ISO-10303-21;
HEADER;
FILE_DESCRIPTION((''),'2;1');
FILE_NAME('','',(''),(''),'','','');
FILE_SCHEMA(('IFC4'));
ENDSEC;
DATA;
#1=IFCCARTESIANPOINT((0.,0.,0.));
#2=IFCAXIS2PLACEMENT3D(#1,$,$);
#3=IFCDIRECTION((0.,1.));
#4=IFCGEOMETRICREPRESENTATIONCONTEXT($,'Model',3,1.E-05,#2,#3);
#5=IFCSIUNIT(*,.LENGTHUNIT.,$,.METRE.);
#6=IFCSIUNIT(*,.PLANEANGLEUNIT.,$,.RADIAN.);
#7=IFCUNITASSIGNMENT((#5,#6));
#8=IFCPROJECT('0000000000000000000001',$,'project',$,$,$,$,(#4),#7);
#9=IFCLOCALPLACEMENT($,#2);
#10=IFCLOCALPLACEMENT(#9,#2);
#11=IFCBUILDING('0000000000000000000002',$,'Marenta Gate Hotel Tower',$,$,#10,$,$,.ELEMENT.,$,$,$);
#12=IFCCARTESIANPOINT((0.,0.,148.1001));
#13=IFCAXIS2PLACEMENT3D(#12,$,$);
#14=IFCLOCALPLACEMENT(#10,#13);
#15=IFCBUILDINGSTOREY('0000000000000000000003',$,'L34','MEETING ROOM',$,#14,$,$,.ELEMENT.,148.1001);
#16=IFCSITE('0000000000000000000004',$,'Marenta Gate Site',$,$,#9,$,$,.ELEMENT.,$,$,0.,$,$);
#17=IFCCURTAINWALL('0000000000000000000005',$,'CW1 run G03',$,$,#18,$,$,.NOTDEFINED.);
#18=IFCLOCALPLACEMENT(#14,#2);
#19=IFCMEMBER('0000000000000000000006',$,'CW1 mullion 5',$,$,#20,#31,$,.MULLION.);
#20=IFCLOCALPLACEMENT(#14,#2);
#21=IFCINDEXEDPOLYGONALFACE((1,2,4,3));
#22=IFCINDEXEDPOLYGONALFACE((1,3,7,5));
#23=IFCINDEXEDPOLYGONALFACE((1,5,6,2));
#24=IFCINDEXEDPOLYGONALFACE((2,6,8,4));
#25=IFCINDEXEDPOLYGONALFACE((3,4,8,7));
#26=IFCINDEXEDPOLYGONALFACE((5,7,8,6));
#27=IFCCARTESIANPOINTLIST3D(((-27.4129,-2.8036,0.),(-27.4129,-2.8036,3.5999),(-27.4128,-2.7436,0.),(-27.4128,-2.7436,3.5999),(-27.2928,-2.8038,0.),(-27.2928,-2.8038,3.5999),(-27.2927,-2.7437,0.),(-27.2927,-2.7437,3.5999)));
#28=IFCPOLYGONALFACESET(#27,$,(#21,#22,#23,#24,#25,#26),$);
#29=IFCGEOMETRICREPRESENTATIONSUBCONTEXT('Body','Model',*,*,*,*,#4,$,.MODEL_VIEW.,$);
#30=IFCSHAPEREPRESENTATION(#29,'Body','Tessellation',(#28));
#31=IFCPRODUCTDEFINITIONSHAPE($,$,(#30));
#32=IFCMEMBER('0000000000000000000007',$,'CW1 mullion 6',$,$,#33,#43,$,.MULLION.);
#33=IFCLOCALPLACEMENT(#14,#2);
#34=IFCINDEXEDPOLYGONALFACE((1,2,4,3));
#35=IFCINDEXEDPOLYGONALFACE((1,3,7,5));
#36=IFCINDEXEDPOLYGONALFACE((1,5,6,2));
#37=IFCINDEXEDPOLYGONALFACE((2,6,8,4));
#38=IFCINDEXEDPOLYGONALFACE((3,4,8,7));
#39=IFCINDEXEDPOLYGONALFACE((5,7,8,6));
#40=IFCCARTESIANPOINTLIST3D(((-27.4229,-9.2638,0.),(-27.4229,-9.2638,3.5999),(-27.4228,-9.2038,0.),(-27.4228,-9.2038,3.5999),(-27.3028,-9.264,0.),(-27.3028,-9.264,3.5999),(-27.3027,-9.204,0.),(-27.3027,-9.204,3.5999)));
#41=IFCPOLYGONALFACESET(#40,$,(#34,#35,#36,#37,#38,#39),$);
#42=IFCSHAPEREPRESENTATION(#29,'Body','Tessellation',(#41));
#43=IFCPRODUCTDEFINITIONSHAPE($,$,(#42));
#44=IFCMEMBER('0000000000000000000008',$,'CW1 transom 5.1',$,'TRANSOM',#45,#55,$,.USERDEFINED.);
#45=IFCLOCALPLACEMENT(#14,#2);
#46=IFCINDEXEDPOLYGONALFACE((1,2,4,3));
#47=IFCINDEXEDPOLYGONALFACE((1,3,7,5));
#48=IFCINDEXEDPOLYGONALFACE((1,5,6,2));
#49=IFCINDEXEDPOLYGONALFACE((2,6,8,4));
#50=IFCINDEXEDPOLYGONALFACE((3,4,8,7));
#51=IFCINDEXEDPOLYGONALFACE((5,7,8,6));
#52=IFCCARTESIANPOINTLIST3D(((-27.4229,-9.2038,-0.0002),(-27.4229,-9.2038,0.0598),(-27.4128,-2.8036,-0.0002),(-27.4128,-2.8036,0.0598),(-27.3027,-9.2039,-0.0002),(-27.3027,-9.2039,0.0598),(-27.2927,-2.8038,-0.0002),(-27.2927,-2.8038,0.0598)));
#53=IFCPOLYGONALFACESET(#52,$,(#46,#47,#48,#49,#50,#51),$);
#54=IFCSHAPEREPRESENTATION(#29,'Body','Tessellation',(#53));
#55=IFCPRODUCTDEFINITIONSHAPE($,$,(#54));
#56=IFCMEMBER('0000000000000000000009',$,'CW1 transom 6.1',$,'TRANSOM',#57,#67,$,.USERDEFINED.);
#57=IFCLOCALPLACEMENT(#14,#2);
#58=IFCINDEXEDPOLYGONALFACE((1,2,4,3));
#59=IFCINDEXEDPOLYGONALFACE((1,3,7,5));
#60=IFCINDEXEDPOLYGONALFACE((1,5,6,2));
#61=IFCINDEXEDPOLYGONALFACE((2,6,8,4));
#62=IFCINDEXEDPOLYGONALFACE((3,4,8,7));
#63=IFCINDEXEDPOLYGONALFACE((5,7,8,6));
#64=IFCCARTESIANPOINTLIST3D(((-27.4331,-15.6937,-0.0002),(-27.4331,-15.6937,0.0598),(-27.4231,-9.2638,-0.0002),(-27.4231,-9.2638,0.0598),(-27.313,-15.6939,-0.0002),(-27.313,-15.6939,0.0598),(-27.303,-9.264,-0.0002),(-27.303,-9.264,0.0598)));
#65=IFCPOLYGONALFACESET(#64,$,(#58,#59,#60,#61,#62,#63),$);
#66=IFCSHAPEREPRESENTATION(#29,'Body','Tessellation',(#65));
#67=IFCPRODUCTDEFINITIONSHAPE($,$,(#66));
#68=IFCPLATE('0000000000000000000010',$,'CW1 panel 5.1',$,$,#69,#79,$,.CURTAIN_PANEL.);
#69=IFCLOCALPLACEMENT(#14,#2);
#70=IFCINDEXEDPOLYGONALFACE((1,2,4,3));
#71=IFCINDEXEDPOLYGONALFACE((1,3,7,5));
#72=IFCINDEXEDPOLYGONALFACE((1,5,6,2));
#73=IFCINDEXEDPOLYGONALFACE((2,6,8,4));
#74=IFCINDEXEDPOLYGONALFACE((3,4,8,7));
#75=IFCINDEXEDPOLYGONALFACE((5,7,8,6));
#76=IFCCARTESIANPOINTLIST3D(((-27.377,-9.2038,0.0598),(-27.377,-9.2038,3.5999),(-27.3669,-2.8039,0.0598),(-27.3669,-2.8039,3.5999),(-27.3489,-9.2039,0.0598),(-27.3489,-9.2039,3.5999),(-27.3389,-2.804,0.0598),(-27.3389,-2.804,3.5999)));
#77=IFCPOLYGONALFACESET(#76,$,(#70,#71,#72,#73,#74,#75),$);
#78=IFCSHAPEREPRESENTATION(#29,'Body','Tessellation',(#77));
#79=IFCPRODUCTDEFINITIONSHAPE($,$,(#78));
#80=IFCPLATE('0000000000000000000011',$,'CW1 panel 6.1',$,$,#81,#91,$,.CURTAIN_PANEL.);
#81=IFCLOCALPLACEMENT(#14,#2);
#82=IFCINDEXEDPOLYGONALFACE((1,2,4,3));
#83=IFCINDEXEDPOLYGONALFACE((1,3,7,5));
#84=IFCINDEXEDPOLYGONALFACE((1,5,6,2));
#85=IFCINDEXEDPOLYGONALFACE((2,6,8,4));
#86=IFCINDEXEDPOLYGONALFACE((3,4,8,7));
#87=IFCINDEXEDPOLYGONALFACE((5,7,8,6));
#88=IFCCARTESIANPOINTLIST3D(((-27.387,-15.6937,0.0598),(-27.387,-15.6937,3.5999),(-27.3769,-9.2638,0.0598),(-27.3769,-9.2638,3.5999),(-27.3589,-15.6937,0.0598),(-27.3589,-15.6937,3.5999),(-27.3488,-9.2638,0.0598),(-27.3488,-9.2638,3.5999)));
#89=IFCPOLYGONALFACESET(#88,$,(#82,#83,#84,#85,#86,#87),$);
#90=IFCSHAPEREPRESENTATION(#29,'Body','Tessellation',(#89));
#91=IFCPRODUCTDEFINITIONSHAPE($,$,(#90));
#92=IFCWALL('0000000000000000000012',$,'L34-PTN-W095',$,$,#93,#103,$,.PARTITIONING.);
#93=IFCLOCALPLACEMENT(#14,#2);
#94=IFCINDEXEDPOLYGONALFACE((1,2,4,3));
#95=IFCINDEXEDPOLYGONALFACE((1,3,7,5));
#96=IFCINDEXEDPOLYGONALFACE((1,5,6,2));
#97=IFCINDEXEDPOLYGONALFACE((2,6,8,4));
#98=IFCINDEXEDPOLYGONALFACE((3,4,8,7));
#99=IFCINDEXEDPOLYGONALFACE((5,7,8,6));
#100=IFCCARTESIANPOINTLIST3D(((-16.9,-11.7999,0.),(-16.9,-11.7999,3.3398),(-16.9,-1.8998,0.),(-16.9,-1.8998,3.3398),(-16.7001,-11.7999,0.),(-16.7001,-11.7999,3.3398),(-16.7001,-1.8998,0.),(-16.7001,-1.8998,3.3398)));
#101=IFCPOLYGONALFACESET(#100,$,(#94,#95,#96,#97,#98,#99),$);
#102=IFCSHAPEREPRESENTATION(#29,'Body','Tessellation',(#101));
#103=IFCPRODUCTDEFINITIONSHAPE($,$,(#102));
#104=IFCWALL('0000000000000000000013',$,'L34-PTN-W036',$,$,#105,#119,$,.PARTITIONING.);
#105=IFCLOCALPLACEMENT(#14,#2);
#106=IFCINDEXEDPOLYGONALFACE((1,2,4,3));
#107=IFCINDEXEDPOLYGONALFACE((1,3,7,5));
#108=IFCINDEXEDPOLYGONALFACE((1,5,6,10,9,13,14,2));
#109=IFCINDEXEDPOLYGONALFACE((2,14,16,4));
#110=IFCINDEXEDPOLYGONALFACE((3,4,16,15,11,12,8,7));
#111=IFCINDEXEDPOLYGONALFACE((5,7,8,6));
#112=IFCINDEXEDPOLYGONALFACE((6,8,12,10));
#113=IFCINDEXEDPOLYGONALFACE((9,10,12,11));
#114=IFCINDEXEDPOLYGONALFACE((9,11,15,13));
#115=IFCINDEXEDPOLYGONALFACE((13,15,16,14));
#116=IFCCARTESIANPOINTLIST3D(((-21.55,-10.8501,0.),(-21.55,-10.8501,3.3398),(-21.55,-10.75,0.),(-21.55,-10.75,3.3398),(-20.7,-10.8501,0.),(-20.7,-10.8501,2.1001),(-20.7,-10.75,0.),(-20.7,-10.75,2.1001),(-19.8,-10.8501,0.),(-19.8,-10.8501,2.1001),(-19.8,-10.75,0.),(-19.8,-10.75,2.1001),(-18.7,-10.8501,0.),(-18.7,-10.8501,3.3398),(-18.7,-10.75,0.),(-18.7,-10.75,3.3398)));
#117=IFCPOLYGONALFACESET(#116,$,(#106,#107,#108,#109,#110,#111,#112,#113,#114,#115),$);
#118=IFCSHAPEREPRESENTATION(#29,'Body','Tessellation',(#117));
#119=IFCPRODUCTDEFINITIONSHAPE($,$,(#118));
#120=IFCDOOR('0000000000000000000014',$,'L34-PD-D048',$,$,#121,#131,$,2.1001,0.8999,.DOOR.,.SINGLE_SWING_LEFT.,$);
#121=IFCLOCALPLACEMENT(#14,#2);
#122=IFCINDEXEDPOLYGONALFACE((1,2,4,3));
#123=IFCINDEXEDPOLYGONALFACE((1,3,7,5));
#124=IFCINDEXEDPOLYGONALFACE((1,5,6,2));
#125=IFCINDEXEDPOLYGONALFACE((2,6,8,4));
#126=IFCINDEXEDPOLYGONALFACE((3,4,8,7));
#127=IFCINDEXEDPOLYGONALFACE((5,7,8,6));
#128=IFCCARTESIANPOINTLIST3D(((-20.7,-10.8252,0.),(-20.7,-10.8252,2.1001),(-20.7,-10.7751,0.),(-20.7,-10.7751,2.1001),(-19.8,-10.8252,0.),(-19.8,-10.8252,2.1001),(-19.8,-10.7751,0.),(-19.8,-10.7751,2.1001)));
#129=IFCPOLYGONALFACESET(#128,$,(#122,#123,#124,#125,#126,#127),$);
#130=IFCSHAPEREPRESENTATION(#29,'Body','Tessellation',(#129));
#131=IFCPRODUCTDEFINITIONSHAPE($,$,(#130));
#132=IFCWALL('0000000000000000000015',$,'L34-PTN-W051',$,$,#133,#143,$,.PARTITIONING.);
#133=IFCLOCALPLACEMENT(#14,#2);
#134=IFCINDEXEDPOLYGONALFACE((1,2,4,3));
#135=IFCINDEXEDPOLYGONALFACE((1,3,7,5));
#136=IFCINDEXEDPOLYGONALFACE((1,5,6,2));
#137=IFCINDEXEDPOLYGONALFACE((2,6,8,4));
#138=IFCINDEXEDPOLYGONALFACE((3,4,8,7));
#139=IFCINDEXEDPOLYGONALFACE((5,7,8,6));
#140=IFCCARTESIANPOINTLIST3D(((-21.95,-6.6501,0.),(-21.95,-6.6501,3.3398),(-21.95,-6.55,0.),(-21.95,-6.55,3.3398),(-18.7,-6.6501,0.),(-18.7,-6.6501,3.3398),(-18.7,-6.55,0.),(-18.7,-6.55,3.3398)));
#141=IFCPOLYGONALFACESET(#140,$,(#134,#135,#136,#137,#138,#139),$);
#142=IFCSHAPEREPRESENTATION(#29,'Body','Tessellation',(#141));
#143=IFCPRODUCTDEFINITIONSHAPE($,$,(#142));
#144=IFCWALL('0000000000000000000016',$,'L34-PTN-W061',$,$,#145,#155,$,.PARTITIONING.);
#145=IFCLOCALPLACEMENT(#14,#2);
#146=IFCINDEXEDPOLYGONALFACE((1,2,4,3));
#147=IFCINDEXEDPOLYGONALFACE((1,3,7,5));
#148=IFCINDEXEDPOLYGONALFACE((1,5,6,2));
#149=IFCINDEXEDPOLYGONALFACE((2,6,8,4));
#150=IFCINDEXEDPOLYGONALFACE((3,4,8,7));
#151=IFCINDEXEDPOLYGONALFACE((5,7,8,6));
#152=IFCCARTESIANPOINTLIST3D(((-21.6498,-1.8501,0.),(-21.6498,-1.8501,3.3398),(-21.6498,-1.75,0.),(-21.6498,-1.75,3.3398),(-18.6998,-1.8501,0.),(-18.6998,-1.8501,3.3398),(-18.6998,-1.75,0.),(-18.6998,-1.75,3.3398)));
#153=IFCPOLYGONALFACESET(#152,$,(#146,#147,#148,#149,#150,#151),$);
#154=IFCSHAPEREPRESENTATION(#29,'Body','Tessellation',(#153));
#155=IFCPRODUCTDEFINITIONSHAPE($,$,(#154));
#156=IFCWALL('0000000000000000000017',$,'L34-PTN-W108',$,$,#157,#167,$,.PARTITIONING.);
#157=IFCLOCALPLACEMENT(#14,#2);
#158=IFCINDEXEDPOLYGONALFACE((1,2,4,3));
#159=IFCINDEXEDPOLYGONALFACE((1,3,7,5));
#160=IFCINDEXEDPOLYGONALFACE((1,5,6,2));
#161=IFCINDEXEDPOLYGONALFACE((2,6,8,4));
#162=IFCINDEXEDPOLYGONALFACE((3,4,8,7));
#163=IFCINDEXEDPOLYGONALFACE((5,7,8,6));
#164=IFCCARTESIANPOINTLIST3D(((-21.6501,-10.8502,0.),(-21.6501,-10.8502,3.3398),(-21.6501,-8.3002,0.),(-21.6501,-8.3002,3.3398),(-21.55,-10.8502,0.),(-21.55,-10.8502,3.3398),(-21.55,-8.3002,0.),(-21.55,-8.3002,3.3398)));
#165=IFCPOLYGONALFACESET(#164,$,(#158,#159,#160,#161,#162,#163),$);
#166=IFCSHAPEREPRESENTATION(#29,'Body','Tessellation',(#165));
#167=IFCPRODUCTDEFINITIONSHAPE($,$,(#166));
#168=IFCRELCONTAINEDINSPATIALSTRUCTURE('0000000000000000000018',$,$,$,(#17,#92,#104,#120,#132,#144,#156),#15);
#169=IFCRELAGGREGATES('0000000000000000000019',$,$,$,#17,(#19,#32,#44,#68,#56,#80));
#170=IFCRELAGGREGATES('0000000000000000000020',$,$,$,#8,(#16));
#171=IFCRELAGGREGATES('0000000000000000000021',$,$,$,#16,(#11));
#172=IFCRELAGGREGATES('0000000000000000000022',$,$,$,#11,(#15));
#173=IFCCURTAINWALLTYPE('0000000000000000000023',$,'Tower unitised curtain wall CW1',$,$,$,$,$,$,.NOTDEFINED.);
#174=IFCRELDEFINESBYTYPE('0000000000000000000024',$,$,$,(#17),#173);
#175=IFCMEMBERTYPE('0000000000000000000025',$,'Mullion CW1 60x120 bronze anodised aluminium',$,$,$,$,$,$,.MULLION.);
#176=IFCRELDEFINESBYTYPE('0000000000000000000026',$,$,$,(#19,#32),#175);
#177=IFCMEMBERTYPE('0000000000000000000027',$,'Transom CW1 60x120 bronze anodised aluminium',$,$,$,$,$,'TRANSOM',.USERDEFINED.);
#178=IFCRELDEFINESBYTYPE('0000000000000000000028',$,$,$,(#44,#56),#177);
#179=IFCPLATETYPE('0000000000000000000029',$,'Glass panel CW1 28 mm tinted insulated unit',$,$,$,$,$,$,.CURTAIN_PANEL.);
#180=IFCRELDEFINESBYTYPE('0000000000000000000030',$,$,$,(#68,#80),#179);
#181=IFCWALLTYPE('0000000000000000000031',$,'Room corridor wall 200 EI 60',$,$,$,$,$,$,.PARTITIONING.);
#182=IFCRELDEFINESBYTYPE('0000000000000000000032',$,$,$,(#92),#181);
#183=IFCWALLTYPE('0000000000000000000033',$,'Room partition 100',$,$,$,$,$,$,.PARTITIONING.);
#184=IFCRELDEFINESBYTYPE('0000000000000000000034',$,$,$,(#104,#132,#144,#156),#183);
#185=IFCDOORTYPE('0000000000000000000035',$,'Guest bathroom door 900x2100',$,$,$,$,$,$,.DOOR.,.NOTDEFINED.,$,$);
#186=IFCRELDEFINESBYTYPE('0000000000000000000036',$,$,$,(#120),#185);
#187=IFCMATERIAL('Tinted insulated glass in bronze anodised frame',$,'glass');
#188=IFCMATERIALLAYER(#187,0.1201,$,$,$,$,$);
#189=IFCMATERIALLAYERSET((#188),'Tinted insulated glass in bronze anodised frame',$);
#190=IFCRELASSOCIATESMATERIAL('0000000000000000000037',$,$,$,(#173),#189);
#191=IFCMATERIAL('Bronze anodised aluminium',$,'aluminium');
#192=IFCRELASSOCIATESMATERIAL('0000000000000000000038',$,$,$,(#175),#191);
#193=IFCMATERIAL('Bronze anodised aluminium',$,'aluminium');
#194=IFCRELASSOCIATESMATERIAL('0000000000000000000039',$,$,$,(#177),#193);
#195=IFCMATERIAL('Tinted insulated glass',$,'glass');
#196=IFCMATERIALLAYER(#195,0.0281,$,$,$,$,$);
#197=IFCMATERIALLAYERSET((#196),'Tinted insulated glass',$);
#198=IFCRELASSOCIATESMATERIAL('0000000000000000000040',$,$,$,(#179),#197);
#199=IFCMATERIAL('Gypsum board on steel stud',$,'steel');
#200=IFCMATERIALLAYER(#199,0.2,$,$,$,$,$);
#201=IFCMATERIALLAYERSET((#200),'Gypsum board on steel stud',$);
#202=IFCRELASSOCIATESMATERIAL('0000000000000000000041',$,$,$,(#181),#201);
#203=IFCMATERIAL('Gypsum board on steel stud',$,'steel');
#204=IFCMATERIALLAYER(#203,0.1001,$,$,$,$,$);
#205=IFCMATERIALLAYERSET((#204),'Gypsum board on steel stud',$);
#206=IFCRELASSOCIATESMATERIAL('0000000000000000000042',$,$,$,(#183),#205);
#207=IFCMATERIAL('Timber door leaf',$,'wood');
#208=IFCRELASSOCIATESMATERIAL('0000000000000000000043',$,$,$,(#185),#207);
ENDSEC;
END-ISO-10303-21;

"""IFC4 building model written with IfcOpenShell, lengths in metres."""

from ifc_helpers import new_model, si_unit, direction, frame, frame_2d, origin, origin_2d, place, context, subcontext, project, spatial, rectangle, extrude, material, layer, layer_set, material_profile, profile_set, type_object, element, fill, aggregate, save


model = new_model("IFC4")

# Units and contexts
model_context = context("Model", 3, precision=1e-05, world=origin(), true_north=direction((0.0, 1.0)))
body_context = subcontext(model_context, "Body", "Model", "MODEL_VIEW")
ifc_project = project(units=[si_unit("LENGTHUNIT", "METRE"), si_unit("PLANEANGLEUNIT", "RADIAN")], contexts=[model_context])

# Site, building, storey
site_placement = place(None, origin())
site = spatial("IfcSite", under=ifc_project, at=site_placement, Name="Marenta Gate Site", CompositionType="ELEMENT", RefElevation=0.0)
building_placement = place(site_placement, origin())
building = spatial("IfcBuilding", under=site, at=building_placement, Name="Marenta Gate Hotel Tower", CompositionType="ELEMENT")
storey_placement = place(building_placement, frame((0.0, 0.0, 148.1001)))
storey = spatial("IfcBuildingStorey", under=building, at=storey_placement, Name="L34", Description="MEETING ROOM", CompositionType="ELEMENT", Elevation=148.1001)

# Curtain wall, members, plates
ifc_material_1 = material(Name="Tinted insulated glass in bronze anodised frame", Category="glass")
ifc_layer_1 = layer(ifc_material_1, 0.1201)
ifc_layer_set_1 = layer_set([ifc_layer_1], Name="Tinted insulated glass in bronze anodised frame")
curtain_wall_type = type_object("IfcCurtainWallType", Name="Tower unitised curtain wall CW1", PredefinedType="NOTDEFINED", material=ifc_layer_set_1)
curtain_wall_placement = place(storey_placement, origin())
curtain_wall = element("IfcCurtainWall", 1, at=curtain_wall_placement, inside=storey, type_object=curtain_wall_type, Name="CW1 run G03", PredefinedType="NOTDEFINED")
ifc_material_2 = material(Name="Bronze anodised aluminium", Category="aluminium")
ifc_material_profile_1 = material_profile(ifc_material_2, rectangle(XDim=0.1201, YDim=0.0601, at=origin_2d()), Name="Mullion CW1 60x120 bronze anodised aluminium")
ifc_profile_set_1 = profile_set([ifc_material_profile_1], Name="Bronze anodised aluminium")
member_type_1 = type_object("IfcMemberType", Name="Mullion CW1 60x120 bronze anodised aluminium", PredefinedType="MULLION", material=ifc_profile_set_1)
member_1_placement = place(storey_placement, frame((-27.3528, -2.7737, 0.0), z_axis=(0.0, 0.0, 1.0), x_axis=(0.999999, -0.001566, 0.0)))
member_1 = element("IfcMember", 2, at=member_1_placement, type_object=member_type_1, Name="CW1 mullion 5", PredefinedType="MULLION", context=body_context, shape_type="SweptSolid", body=[
    extrude(rectangle(XDim=0.1201, YDim=0.0601, at=origin_2d()), origin(), (0.0, 0.0, 1.0), 3.5999),
])
member_2_placement = place(storey_placement, frame((-27.3628, -9.2339, 0.0), z_axis=(0.0, 0.0, 1.0), x_axis=(0.999999, -0.001566, 0.0)))
member_2 = element("IfcMember", 3, at=member_2_placement, type_object=member_type_1, Name="CW1 mullion 6", PredefinedType="MULLION", context=body_context, shape_type="SweptSolid", body=[
    extrude(rectangle(XDim=0.1201, YDim=0.0601, at=origin_2d()), origin(), (0.0, 0.0, 1.0), 3.5999),
])
ifc_material_3 = material(Name="Bronze anodised aluminium", Category="aluminium")
ifc_material_profile_2 = material_profile(ifc_material_3, rectangle(XDim=0.1201, YDim=0.0601, at=origin_2d()), Name="Transom CW1 60x120 bronze anodised aluminium")
ifc_profile_set_2 = profile_set([ifc_material_profile_2], Name="Bronze anodised aluminium")
member_type_2 = type_object("IfcMemberType", Name="Transom CW1 60x120 bronze anodised aluminium", ElementType="TRANSOM", PredefinedType="USERDEFINED", material=ifc_profile_set_2)
member_3_placement = place(storey_placement, frame((-27.3528, -2.8037, 0.0298), z_axis=(-0.001564, -0.999999, 0.0), x_axis=(0.999999, -0.001564, 0.0)))
member_3 = element("IfcMember", 4, at=member_3_placement, type_object=member_type_2, Name="CW1 transom 5.1", ObjectType="TRANSOM", PredefinedType="USERDEFINED", context=body_context, shape_type="SweptSolid", body=[
    extrude(rectangle(XDim=0.1201, YDim=0.0601, at=origin_2d()), origin(), (0.0, 0.0, 1.0), 6.4001),
])
member_4_placement = place(storey_placement, frame((-27.363, -9.2639, 0.0298), z_axis=(-0.001557, -0.999999, 0.0), x_axis=(0.999999, -0.001557, 0.0)))
member_4 = element("IfcMember", 5, at=member_4_placement, type_object=member_type_2, Name="CW1 transom 6.1", ObjectType="TRANSOM", PredefinedType="USERDEFINED", context=body_context, shape_type="SweptSolid", body=[
    extrude(rectangle(XDim=0.1201, YDim=0.0601, at=origin_2d()), origin(), (0.0, 0.0, 1.0), 6.4299),
])
ifc_material_4 = material(Name="Tinted insulated glass", Category="glass")
ifc_layer_2 = layer(ifc_material_4, 0.0281)
ifc_layer_set_2 = layer_set([ifc_layer_2], Name="Tinted insulated glass")
plate_type = type_object("IfcPlateType", Name="Glass panel CW1 28 mm tinted insulated unit", PredefinedType="CURTAIN_PANEL", material=ifc_layer_set_2)
plate_1_placement = place(storey_placement, frame((-27.3579, -6.0039, 0.0598), z_axis=(0.0, 0.0, 1.0), x_axis=(-0.001566, -0.999999, 0.0)))
plate_1 = element("IfcPlate", 6, at=plate_1_placement, type_object=plate_type, Name="CW1 panel 5.1", PredefinedType="CURTAIN_PANEL", context=body_context, shape_type="SweptSolid", body=[
    extrude(rectangle(XDim=6.3999, YDim=0.0281, at=origin_2d()), origin(), (0.0, 0.0, 1.0), 3.54),
])
plate_2_placement = place(storey_placement, frame((-27.3679, -12.4788, 0.0598), z_axis=(0.0, 0.0, 1.0), x_axis=(-0.001566, -0.999999, 0.0)))
plate_2 = element("IfcPlate", 7, at=plate_2_placement, type_object=plate_type, Name="CW1 panel 6.1", PredefinedType="CURTAIN_PANEL", context=body_context, shape_type="SweptSolid", body=[
    extrude(rectangle(XDim=6.4299, YDim=0.0281, at=origin_2d()), origin(), (0.0, 0.0, 1.0), 3.54),
])
aggregate(curtain_wall, [member_1, member_2, member_3, plate_1, member_4, plate_2])

# Shared definitions
ifc_material_5 = material(Name="Gypsum board on steel stud", Category="steel")
ifc_layer_3 = layer(ifc_material_5, 0.2)
ifc_layer_set_3 = layer_set([ifc_layer_3], Name="Gypsum board on steel stud")
wall_type_1 = type_object("IfcWallType", Name="Room corridor wall 200 EI 60", PredefinedType="PARTITIONING", material=ifc_layer_set_3)

# Wall
wall_1_placement = place(storey_placement, frame((-16.8, -11.8, 0.0), z_axis=(0.0, 0.0, 1.0), x_axis=(0.0, 1.0, 0.0)))
element("IfcWall", 8, at=wall_1_placement, inside=storey, type_object=wall_type_1, Name="L34-PTN-W095", PredefinedType="PARTITIONING", context=body_context, shape_type="SweptSolid", body=[
    extrude(rectangle(XDim=9.9001, YDim=0.2, at=frame_2d((4.9502, 0.0))), origin(), (0.0, 0.0, 1.0), 3.3398),
])

# Wall, opening, door
ifc_material_6 = material(Name="Gypsum board on steel stud", Category="steel")
ifc_layer_4 = layer(ifc_material_6, 0.1001)
ifc_layer_set_4 = layer_set([ifc_layer_4], Name="Gypsum board on steel stud")
wall_type_2 = type_object("IfcWallType", Name="Room partition 100", PredefinedType="PARTITIONING", material=ifc_layer_set_4)
wall_2_placement = place(storey_placement, frame((-21.55, -10.8, 0.0), z_axis=(0.0, 0.0, 1.0), x_axis=(1.0, 0.0, 0.0)))
wall_2 = element("IfcWall", 9, at=wall_2_placement, inside=storey, type_object=wall_type_2, Name="L34-PTN-W036", PredefinedType="PARTITIONING", context=body_context, shape_type="SweptSolid", body=[
    extrude(rectangle(XDim=2.8501, YDim=0.1001, at=frame_2d((1.425, 0.0))), origin(), (0.0, 0.0, 1.0), 3.3398),
])
opening_1_placement = place(wall_2_placement, frame((0.8501, 0.0, 0.0)))
opening_1 = element("IfcOpeningElement", 10, at=opening_1_placement, cuts=wall_2, PredefinedType="OPENING", context=body_context, shape_type="SweptSolid", body=[
    extrude(rectangle(XDim=0.8999, YDim=2.1001, at=frame_2d((0.45, 1.05))), frame((0.0, 0.05, 0.0), z_axis=(0.0, -1.0, 0.0), x_axis=(1.0, 0.0, 0.0)), (0.0, 0.0, 1.0), 0.1001),
])
ifc_material_7 = material(Name="Timber door leaf", Category="wood")
door_type_1 = type_object("IfcDoorType", Name="Guest bathroom door 900x2100", OperationType="NOTDEFINED", PredefinedType="DOOR", material=ifc_material_7)
door_1_placement = place(opening_1_placement, origin())
door_1 = element("IfcDoor", 11, at=door_1_placement, inside=storey, type_object=door_type_1, Name="L34-PD-D048", OperationType="SINGLE_SWING_LEFT", OverallHeight=2.1001, OverallWidth=0.8999, PredefinedType="DOOR", context=body_context, shape_type="SweptSolid", body=[
    extrude(rectangle(XDim=0.8999, YDim=2.1001, at=frame_2d((0.45, 1.05))), frame((0.0, 0.0249, 0.0), z_axis=(0.0, -1.0, 0.0), x_axis=(1.0, 0.0, 0.0)), (0.0, 0.0, 1.0), 0.05),
])
fill(opening_1, door_1)

# Walls
wall_3_placement = place(storey_placement, frame((-21.95, -6.6001, 0.0), z_axis=(0.0, 0.0, 1.0), x_axis=(1.0, 0.0, 0.0)))
element("IfcWall", 12, at=wall_3_placement, inside=storey, type_object=wall_type_2, Name="L34-PTN-W051", PredefinedType="PARTITIONING", context=body_context, shape_type="SweptSolid", body=[
    extrude(rectangle(XDim=3.25, YDim=0.1001, at=frame_2d((1.625, 0.0))), origin(), (0.0, 0.0, 1.0), 3.3398),
])
wall_4_placement = place(storey_placement, frame((-21.6499, -1.8, 0.0), z_axis=(0.0, 0.0, 1.0), x_axis=(1.0, 0.0, 0.0)))
element("IfcWall", 13, at=wall_4_placement, inside=storey, type_object=wall_type_2, Name="L34-PTN-W061", PredefinedType="PARTITIONING", context=body_context, shape_type="SweptSolid", body=[
    extrude(rectangle(XDim=2.95, YDim=0.1001, at=frame_2d((1.4751, 0.0))), origin(), (0.0, 0.0, 1.0), 3.3398),
])
wall_5_placement = place(storey_placement, frame((-21.6001, -10.8501, 0.0), z_axis=(0.0, 0.0, 1.0), x_axis=(0.0, 1.0, 0.0)))
element("IfcWall", 14, at=wall_5_placement, inside=storey, type_object=wall_type_2, Name="L34-PTN-W108", PredefinedType="PARTITIONING", context=body_context, shape_type="SweptSolid", body=[
    extrude(rectangle(XDim=2.55, YDim=0.1001, at=frame_2d((1.2749, 0.0))), origin(), (0.0, 0.0, 1.0), 3.3398),
])

save(model, "model.ifc")
